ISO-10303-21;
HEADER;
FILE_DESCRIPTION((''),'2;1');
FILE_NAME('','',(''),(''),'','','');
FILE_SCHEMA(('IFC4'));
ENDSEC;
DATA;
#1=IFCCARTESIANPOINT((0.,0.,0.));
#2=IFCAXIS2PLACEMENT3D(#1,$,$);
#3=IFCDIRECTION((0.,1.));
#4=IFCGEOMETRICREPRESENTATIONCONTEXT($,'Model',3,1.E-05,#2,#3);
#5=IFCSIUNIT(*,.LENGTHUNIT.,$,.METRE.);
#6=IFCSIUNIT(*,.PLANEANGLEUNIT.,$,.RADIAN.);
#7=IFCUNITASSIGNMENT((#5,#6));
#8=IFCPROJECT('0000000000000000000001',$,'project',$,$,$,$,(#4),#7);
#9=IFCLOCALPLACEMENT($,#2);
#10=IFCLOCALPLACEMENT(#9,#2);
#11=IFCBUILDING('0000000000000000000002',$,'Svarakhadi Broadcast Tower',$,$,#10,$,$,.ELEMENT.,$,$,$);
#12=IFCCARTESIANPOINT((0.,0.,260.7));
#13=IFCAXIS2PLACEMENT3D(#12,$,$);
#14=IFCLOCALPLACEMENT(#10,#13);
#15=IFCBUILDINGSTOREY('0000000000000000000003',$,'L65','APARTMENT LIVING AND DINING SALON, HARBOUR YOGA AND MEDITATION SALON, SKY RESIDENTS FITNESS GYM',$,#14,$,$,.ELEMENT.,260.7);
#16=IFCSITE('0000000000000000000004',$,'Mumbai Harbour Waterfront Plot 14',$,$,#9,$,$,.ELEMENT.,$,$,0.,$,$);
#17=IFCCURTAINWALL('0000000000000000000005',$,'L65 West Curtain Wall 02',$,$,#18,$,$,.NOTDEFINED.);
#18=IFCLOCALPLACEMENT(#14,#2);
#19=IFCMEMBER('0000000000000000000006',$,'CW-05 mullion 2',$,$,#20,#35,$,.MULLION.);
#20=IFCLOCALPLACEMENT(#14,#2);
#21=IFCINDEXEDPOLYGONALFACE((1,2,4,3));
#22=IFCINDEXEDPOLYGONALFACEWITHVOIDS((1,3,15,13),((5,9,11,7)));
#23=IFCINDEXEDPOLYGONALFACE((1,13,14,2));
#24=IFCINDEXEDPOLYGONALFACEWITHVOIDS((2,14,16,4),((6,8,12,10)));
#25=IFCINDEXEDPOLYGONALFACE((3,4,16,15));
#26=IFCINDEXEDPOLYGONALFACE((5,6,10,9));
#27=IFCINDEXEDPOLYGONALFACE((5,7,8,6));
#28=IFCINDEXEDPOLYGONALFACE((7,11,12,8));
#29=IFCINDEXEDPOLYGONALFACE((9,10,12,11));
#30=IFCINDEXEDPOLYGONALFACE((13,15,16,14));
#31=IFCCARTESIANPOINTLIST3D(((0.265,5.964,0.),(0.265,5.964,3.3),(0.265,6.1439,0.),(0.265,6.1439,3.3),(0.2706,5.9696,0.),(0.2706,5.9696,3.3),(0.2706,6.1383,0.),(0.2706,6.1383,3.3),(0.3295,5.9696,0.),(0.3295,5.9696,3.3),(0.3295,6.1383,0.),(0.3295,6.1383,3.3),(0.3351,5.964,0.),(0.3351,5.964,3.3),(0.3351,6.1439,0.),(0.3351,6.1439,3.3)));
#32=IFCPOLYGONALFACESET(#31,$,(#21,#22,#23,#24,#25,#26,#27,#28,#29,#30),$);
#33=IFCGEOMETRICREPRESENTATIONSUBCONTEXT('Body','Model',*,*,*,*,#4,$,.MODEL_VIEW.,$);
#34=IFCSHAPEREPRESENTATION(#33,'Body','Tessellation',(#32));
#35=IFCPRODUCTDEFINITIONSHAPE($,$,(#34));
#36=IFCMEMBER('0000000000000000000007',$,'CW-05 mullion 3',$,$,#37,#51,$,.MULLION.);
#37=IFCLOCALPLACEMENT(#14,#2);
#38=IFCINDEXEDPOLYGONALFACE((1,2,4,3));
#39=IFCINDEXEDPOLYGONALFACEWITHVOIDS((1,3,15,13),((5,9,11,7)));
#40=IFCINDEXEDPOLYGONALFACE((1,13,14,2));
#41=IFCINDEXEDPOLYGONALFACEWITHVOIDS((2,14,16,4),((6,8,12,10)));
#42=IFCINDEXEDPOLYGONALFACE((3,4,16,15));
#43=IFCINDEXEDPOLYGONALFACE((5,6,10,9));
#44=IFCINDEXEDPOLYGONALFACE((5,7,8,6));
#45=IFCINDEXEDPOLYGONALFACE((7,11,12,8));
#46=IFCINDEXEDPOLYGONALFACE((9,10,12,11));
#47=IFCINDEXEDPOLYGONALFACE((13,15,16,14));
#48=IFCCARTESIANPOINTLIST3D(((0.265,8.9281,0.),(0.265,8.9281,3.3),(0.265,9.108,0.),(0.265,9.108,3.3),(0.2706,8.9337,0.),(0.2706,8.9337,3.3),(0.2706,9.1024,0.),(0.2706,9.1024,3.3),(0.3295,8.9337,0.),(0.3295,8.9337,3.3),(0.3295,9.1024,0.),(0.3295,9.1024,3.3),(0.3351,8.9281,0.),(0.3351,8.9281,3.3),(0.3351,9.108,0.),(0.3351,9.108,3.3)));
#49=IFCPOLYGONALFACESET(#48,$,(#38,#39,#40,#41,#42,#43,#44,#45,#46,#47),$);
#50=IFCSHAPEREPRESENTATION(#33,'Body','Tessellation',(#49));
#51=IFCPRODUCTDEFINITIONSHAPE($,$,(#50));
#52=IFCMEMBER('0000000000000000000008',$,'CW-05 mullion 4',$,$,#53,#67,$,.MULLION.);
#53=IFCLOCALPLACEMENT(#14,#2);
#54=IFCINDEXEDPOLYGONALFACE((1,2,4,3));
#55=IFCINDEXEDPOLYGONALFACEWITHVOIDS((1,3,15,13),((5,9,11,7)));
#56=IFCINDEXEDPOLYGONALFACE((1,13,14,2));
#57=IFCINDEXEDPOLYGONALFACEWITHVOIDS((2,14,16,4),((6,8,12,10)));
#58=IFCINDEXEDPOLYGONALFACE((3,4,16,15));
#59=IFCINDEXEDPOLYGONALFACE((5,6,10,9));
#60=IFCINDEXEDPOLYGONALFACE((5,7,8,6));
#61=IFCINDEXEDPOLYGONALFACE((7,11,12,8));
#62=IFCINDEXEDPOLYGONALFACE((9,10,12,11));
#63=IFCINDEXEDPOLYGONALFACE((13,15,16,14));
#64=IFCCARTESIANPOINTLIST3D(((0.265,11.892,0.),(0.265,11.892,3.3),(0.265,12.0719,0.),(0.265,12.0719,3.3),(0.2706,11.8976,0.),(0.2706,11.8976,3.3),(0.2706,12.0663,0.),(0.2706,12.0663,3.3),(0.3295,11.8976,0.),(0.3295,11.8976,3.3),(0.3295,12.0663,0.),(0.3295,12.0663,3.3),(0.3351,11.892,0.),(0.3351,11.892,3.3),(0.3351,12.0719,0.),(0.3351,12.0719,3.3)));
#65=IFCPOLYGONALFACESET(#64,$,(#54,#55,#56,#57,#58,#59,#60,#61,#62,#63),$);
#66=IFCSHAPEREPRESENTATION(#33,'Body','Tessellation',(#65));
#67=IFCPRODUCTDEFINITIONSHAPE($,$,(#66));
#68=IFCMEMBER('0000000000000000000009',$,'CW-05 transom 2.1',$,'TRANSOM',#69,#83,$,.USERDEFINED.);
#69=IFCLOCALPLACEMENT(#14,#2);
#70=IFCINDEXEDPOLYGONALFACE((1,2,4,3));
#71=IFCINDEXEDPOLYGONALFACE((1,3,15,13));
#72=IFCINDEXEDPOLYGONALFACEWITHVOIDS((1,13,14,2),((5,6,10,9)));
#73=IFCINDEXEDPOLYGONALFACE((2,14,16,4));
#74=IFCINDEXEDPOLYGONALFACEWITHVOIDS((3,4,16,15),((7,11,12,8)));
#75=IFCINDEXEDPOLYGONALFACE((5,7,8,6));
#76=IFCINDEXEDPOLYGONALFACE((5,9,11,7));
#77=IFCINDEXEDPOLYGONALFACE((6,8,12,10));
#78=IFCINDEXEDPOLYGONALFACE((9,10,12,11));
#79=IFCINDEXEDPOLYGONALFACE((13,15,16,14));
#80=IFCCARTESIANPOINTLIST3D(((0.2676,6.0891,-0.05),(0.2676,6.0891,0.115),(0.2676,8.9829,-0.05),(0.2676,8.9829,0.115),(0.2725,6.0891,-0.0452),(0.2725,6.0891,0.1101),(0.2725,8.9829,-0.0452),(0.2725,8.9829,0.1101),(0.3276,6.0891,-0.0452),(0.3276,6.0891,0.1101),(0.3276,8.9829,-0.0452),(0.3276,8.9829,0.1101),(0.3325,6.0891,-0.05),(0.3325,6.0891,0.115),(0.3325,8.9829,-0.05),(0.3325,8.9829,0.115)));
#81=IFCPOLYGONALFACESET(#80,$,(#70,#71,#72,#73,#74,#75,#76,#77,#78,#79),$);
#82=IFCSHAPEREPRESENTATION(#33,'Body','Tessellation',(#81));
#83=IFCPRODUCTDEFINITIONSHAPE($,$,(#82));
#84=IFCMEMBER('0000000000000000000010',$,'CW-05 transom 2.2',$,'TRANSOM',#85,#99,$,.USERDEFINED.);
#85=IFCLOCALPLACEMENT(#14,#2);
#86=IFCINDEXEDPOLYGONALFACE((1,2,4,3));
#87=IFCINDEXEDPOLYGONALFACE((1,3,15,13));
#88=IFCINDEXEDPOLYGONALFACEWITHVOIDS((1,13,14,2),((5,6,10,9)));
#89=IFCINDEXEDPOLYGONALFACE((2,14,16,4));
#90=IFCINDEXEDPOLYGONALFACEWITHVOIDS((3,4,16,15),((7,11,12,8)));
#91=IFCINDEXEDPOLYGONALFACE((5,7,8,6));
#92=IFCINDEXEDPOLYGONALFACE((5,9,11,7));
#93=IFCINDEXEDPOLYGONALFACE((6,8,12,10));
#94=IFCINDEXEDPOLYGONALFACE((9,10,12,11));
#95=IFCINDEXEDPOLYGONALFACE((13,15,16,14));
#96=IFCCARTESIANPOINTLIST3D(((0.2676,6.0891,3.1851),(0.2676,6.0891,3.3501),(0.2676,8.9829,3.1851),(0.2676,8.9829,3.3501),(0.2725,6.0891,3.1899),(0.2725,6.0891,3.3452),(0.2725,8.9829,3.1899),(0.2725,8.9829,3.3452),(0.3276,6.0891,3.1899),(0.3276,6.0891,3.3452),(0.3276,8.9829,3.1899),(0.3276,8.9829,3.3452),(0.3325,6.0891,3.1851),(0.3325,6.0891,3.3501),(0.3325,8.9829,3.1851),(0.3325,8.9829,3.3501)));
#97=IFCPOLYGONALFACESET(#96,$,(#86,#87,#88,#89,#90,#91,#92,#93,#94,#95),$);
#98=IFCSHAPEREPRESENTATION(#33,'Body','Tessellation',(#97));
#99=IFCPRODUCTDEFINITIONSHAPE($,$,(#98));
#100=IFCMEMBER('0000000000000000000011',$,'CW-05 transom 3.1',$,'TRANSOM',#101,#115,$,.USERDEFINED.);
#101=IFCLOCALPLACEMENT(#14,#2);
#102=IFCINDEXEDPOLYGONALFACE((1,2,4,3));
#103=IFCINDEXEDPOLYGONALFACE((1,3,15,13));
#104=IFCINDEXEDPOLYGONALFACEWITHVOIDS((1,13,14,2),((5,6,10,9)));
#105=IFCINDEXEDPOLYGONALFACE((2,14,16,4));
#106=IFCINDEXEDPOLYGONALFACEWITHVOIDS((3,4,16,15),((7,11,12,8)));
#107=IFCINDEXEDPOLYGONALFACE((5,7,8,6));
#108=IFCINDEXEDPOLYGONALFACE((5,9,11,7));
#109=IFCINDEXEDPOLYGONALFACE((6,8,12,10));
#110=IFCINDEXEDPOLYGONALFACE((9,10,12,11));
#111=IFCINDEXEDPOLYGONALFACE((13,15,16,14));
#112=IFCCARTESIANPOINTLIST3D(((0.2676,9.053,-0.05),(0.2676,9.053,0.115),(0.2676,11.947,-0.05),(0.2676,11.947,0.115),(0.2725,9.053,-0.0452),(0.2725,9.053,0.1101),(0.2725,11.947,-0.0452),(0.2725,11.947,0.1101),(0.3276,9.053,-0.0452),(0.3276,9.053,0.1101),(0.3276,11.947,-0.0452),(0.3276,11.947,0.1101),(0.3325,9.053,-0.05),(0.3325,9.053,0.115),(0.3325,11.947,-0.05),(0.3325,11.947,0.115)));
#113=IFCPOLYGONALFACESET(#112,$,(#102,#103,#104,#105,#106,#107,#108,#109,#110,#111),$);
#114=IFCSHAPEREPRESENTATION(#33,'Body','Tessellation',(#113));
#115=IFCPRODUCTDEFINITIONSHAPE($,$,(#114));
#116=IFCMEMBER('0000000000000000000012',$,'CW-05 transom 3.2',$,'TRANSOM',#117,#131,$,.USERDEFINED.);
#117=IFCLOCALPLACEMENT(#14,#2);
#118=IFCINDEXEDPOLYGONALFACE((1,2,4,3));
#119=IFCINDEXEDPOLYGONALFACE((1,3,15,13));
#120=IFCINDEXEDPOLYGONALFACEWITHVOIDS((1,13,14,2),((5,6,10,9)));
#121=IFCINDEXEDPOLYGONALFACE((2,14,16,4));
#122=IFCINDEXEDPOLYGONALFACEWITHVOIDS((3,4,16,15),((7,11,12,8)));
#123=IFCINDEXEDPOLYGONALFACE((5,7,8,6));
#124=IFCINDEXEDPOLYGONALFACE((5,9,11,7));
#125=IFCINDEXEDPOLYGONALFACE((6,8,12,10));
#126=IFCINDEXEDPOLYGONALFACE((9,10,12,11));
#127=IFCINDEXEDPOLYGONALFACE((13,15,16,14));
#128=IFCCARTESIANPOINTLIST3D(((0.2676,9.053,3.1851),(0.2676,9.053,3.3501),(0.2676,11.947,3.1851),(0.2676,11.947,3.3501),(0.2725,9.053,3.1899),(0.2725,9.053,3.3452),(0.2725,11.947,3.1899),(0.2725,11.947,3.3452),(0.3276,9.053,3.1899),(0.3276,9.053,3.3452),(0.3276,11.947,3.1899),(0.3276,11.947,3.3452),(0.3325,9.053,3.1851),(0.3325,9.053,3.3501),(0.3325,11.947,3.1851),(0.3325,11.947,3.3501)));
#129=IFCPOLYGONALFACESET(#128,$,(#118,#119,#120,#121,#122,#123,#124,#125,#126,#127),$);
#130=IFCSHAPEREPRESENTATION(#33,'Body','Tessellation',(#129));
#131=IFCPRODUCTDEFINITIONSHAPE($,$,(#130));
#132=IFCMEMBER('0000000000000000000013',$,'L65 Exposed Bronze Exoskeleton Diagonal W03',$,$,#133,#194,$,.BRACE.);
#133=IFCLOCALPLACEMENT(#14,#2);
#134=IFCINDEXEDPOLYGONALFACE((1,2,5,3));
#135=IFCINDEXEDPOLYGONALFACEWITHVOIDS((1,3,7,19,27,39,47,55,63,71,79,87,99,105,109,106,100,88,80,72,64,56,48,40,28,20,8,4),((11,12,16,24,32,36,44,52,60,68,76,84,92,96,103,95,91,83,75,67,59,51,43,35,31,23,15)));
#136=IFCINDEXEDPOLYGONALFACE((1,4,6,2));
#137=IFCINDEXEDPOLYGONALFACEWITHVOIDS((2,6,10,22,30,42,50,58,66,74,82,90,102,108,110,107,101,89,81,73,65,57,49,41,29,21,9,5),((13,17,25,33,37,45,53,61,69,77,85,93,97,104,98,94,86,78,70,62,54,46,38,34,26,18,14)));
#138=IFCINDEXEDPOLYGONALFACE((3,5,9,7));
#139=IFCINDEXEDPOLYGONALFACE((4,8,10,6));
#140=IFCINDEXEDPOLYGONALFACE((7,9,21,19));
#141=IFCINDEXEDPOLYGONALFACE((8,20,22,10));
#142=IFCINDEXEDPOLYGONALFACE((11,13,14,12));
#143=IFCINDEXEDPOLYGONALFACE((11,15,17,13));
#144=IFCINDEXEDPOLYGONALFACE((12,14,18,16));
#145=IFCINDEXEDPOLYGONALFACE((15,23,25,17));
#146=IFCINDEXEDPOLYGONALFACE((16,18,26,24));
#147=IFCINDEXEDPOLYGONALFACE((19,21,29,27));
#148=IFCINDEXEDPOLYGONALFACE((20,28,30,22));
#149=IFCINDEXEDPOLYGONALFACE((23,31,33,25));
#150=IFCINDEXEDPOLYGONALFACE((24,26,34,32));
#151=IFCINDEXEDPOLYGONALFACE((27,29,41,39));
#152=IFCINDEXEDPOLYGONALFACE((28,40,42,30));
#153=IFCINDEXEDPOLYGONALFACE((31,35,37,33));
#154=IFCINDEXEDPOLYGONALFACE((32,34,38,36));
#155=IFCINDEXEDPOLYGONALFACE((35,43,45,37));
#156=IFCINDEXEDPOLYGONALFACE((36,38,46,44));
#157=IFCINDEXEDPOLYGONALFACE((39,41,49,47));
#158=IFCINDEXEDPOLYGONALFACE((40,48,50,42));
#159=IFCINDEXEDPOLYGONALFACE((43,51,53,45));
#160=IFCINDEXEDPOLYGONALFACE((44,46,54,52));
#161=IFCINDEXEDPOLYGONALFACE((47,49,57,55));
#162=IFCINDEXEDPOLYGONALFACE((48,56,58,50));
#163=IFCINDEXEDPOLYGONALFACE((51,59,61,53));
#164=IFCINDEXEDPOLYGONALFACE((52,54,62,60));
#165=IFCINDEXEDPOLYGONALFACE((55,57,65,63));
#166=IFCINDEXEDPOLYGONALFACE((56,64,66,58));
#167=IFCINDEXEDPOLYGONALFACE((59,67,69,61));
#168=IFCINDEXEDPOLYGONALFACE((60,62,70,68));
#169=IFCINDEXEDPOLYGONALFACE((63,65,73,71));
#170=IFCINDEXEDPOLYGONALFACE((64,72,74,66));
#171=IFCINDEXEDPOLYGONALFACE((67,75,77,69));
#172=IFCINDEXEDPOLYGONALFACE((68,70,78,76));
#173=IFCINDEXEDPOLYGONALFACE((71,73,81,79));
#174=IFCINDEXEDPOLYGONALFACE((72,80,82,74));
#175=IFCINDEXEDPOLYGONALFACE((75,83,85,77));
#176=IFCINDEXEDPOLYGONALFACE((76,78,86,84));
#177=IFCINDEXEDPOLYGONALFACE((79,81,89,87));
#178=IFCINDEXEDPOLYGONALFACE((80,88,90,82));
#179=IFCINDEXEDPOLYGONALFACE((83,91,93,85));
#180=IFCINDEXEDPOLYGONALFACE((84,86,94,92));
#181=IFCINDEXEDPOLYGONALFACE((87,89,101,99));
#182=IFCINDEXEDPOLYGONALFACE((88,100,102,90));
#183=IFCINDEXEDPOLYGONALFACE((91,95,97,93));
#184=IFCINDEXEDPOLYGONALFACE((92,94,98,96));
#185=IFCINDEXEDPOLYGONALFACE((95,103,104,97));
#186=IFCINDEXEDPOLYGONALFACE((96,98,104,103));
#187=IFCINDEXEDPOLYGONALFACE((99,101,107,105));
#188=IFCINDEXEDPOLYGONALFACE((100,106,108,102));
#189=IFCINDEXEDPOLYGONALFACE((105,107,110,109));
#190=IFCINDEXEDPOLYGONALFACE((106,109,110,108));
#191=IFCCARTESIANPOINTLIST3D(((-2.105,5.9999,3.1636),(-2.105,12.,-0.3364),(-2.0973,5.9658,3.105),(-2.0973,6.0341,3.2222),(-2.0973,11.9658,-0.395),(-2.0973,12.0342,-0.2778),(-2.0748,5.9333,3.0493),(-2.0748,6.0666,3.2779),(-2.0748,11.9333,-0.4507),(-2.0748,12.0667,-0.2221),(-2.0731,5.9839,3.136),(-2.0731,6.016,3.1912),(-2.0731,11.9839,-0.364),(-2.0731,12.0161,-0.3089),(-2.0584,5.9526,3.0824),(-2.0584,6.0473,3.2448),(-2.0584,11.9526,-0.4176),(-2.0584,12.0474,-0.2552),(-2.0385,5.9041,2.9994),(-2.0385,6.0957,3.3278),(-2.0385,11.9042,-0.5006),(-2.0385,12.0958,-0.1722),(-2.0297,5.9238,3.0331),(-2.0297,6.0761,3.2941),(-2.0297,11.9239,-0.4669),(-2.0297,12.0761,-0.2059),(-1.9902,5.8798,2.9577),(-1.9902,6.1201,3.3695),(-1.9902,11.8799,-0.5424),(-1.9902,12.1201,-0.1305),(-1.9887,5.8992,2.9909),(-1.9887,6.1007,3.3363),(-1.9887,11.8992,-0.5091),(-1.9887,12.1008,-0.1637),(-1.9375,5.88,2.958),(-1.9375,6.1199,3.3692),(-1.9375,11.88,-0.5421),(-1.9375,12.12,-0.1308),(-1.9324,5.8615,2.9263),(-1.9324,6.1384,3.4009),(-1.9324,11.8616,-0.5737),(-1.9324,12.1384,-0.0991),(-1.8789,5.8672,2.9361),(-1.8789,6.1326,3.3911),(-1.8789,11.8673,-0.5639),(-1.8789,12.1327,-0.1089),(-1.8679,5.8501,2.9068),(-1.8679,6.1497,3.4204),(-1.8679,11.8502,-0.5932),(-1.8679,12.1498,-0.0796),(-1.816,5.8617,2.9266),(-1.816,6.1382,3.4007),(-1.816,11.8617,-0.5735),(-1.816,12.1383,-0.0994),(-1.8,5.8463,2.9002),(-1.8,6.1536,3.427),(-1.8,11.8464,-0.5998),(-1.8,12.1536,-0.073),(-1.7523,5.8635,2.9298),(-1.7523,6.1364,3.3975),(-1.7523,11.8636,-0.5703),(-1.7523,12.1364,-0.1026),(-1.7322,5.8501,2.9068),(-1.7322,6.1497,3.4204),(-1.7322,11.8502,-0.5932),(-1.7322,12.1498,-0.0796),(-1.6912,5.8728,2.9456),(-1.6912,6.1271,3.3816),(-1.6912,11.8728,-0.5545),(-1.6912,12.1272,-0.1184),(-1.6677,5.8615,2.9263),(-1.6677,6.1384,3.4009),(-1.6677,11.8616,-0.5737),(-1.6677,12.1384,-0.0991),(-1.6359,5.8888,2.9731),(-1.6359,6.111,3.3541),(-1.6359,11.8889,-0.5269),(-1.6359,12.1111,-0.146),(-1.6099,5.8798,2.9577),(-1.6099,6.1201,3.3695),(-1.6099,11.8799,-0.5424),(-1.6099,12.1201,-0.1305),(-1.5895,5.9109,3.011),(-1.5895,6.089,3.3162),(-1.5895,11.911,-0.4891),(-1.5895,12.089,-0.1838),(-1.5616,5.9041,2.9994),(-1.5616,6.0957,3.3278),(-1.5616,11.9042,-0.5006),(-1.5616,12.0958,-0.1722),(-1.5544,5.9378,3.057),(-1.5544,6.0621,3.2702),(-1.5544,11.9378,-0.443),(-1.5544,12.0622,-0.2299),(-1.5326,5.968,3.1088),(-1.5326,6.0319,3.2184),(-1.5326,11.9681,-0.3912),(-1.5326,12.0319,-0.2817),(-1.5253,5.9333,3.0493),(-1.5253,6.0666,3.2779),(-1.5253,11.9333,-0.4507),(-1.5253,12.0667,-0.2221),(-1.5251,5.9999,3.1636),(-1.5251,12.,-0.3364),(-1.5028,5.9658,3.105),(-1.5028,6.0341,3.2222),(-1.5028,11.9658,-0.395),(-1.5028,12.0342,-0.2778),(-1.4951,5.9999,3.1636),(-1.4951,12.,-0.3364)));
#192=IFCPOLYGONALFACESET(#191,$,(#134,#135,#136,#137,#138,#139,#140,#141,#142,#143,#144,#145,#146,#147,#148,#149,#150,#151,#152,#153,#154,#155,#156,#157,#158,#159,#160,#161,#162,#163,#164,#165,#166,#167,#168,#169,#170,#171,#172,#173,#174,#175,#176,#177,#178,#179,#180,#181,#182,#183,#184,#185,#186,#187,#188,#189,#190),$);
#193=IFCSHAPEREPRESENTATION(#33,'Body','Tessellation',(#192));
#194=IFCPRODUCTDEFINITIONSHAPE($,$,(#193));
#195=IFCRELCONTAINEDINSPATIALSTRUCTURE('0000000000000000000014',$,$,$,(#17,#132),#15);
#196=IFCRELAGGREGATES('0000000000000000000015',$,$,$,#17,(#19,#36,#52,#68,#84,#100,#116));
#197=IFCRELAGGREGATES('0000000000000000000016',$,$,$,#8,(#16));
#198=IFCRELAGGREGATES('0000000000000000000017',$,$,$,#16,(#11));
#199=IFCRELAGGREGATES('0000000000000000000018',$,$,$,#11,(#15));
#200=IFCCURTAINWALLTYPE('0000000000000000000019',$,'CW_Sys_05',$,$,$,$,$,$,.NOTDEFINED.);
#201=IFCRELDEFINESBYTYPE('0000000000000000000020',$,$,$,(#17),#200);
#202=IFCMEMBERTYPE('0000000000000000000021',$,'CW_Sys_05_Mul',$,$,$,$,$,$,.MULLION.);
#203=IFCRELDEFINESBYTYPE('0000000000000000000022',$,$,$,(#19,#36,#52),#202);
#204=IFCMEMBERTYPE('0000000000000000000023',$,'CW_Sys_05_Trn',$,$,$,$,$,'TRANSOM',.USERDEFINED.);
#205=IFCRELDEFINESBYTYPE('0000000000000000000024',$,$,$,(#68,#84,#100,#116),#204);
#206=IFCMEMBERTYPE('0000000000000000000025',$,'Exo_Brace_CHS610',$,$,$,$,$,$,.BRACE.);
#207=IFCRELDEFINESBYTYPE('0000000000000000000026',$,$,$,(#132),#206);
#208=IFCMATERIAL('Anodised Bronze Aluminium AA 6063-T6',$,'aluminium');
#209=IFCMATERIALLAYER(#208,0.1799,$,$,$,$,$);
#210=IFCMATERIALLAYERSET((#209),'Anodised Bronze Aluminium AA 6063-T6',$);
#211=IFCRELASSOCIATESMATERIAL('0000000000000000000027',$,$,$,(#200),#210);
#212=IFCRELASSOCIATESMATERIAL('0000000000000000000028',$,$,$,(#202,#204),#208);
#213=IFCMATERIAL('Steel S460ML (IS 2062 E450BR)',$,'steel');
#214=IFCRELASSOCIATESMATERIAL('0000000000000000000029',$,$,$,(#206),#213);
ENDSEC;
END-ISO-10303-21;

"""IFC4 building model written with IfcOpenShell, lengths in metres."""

from ifc_helpers import new_model, si_unit, direction, frame, origin, origin_2d, place, context, subcontext, project, spatial, hollow_rectangle, hollow_circle, extrude, material, layer, layer_set, material_profile, profile_set, type_object, element, aggregate, save


model = new_model("IFC4")

# Units and contexts
model_context = context("Model", 3, precision=1e-05, world=origin(), true_north=direction((0.0, 1.0)))
body_context = subcontext(model_context, "Body", "Model", "MODEL_VIEW")
ifc_project = project(units=[si_unit("LENGTHUNIT", "METRE"), si_unit("PLANEANGLEUNIT", "RADIAN")], contexts=[model_context])

# Site, building, storey
site_placement = place(None, origin())
site = spatial("IfcSite", under=ifc_project, at=site_placement, Name="Mumbai Harbour Waterfront Plot 14", CompositionType="ELEMENT", RefElevation=0.0)
building_placement = place(site_placement, origin())
building = spatial("IfcBuilding", under=site, at=building_placement, Name="Svarakhadi Broadcast Tower", CompositionType="ELEMENT")
storey_placement = place(building_placement, frame((0.0, 0.0, 260.7)))
storey = spatial("IfcBuildingStorey", under=building, at=storey_placement, Name="L65", Description="APARTMENT LIVING AND DINING SALON, HARBOUR YOGA AND MEDITATION SALON, SKY RESIDENTS FITNESS GYM", CompositionType="ELEMENT", Elevation=260.7)

# Shared definitions
ifc_material_1 = material(Name="Steel S460ML (IS 2062 E450BR)", Category="steel")

# Curtain wall, members
ifc_material_2 = material(Name="Anodised Bronze Aluminium AA 6063-T6", Category="aluminium")
ifc_layer_1 = layer(ifc_material_2, 0.1799)
ifc_layer_set_1 = layer_set([ifc_layer_1], Name="Anodised Bronze Aluminium AA 6063-T6")
curtain_wall_type = type_object("IfcCurtainWallType", Name="CW_Sys_05", PredefinedType="NOTDEFINED", material=ifc_layer_set_1)
curtain_wall_placement = place(storey_placement, origin())
curtain_wall = element("IfcCurtainWall", 1, at=curtain_wall_placement, inside=storey, type_object=curtain_wall_type, Name="L65 West Curtain Wall 02", PredefinedType="NOTDEFINED")
ifc_material_profile_1 = material_profile(ifc_material_2, hollow_rectangle(XDim=0.0701, YDim=0.1799, WallThickness=0.0056, at=origin_2d()), Name="ALU MULLION 180x70x6")
ifc_profile_set_1 = profile_set([ifc_material_profile_1], Name="Anodised Bronze Aluminium AA 6063-T6")
member_type_1 = type_object("IfcMemberType", Name="CW_Sys_05_Mul", PredefinedType="MULLION", material=ifc_profile_set_1)
member_1_placement = place(storey_placement, frame((0.3, 6.054, 0.0), z_axis=(0.0, 0.0, 1.0), x_axis=(-1.0, 0.0, 0.0)))
member_1 = element("IfcMember", 2, at=member_1_placement, type_object=member_type_1, Name="CW-05 mullion 2", PredefinedType="MULLION", context=body_context, shape_type="SweptSolid", body=[
    extrude(hollow_rectangle(XDim=0.0701, YDim=0.1799, WallThickness=0.0056, at=origin_2d()), origin(), (0.0, 0.0, 1.0), 3.3),
])
member_2_placement = place(storey_placement, frame((0.3, 9.0181, 0.0), z_axis=(0.0, 0.0, 1.0), x_axis=(-1.0, 0.0, 0.0)))
member_2 = element("IfcMember", 3, at=member_2_placement, type_object=member_type_1, Name="CW-05 mullion 3", PredefinedType="MULLION", context=body_context, shape_type="SweptSolid", body=[
    extrude(hollow_rectangle(XDim=0.0701, YDim=0.1799, WallThickness=0.0056, at=origin_2d()), origin(), (0.0, 0.0, 1.0), 3.3),
])
member_3_placement = place(storey_placement, frame((0.3, 11.9819, 0.0), z_axis=(0.0, 0.0, 1.0), x_axis=(-1.0, 0.0, 0.0)))
member_3 = element("IfcMember", 4, at=member_3_placement, type_object=member_type_1, Name="CW-05 mullion 4", PredefinedType="MULLION", context=body_context, shape_type="SweptSolid", body=[
    extrude(hollow_rectangle(XDim=0.0701, YDim=0.1799, WallThickness=0.0056, at=origin_2d()), origin(), (0.0, 0.0, 1.0), 3.3),
])
ifc_material_profile_2 = material_profile(ifc_material_2, hollow_rectangle(XDim=0.0649, YDim=0.165, WallThickness=0.0049, at=origin_2d()), Name="ALU TRANSOM 165x65x5")
ifc_profile_set_2 = profile_set([ifc_material_profile_2], Name="Anodised Bronze Aluminium AA 6063-T6")
member_type_2 = type_object("IfcMemberType", Name="CW_Sys_05_Trn", ElementType="TRANSOM", PredefinedType="USERDEFINED", material=ifc_profile_set_2)
member_4_placement = place(storey_placement, frame((0.3, 6.0891, 0.0325), z_axis=(0.0, 1.0, 0.0), x_axis=(-1.0, 0.0, 0.0)))
member_4 = element("IfcMember", 5, at=member_4_placement, type_object=member_type_2, Name="CW-05 transom 2.1", ObjectType="TRANSOM", PredefinedType="USERDEFINED", context=body_context, shape_type="SweptSolid", body=[
    extrude(hollow_rectangle(XDim=0.0649, YDim=0.165, WallThickness=0.0049, at=origin_2d()), origin(), (0.0, 0.0, 1.0), 2.8938),
])
member_5_placement = place(storey_placement, frame((0.3, 6.0891, 3.2676), z_axis=(0.0, 1.0, 0.0), x_axis=(-1.0, 0.0, 0.0)))
member_5 = element("IfcMember", 6, at=member_5_placement, type_object=member_type_2, Name="CW-05 transom 2.2", ObjectType="TRANSOM", PredefinedType="USERDEFINED", context=body_context, shape_type="SweptSolid", body=[
    extrude(hollow_rectangle(XDim=0.0649, YDim=0.165, WallThickness=0.0049, at=origin_2d()), origin(), (0.0, 0.0, 1.0), 2.8938),
])
member_6_placement = place(storey_placement, frame((0.3, 9.053, 0.0325), z_axis=(0.0, 1.0, 0.0), x_axis=(-1.0, 0.0, 0.0)))
member_6 = element("IfcMember", 7, at=member_6_placement, type_object=member_type_2, Name="CW-05 transom 3.1", ObjectType="TRANSOM", PredefinedType="USERDEFINED", context=body_context, shape_type="SweptSolid", body=[
    extrude(hollow_rectangle(XDim=0.0649, YDim=0.165, WallThickness=0.0049, at=origin_2d()), origin(), (0.0, 0.0, 1.0), 2.894),
])
member_7_placement = place(storey_placement, frame((0.3, 9.053, 3.2676), z_axis=(0.0, 1.0, 0.0), x_axis=(-1.0, 0.0, 0.0)))
member_7 = element("IfcMember", 8, at=member_7_placement, type_object=member_type_2, Name="CW-05 transom 3.2", ObjectType="TRANSOM", PredefinedType="USERDEFINED", context=body_context, shape_type="SweptSolid", body=[
    extrude(hollow_rectangle(XDim=0.0649, YDim=0.165, WallThickness=0.0049, at=origin_2d()), origin(), (0.0, 0.0, 1.0), 2.894),
])

# Member
ifc_material_profile_3 = material_profile(ifc_material_1, hollow_circle(Radius=0.3049, WallThickness=0.03, at=origin_2d()), Name="CHS 610x30")
ifc_profile_set_3 = profile_set([ifc_material_profile_3], Name="Steel S460ML (IS 2062 E450BR)")
member_type_3 = type_object("IfcMemberType", Name="Exo_Brace_CHS610", PredefinedType="BRACE", material=ifc_profile_set_3)
member_8_placement = place(storey_placement, frame((-1.8, 12.0, -0.3364), z_axis=(0.0, -0.863779, 0.503871), x_axis=(1.0, 0.0, 0.0)))
element("IfcMember", 9, at=member_8_placement, inside=storey, type_object=member_type_3, Name="L65 Exposed Bronze Exoskeleton Diagonal W03", PredefinedType="BRACE", context=body_context, shape_type="SweptSolid", body=[
    extrude(hollow_circle(Radius=0.3049, WallThickness=0.03, at=origin_2d()), origin(), (0.0, 0.0, 1.0), 6.9463),
])

aggregate(curtain_wall, [member_1, member_2, member_3, member_4, member_5, member_6, member_7])

save(model, "model.ifc")
